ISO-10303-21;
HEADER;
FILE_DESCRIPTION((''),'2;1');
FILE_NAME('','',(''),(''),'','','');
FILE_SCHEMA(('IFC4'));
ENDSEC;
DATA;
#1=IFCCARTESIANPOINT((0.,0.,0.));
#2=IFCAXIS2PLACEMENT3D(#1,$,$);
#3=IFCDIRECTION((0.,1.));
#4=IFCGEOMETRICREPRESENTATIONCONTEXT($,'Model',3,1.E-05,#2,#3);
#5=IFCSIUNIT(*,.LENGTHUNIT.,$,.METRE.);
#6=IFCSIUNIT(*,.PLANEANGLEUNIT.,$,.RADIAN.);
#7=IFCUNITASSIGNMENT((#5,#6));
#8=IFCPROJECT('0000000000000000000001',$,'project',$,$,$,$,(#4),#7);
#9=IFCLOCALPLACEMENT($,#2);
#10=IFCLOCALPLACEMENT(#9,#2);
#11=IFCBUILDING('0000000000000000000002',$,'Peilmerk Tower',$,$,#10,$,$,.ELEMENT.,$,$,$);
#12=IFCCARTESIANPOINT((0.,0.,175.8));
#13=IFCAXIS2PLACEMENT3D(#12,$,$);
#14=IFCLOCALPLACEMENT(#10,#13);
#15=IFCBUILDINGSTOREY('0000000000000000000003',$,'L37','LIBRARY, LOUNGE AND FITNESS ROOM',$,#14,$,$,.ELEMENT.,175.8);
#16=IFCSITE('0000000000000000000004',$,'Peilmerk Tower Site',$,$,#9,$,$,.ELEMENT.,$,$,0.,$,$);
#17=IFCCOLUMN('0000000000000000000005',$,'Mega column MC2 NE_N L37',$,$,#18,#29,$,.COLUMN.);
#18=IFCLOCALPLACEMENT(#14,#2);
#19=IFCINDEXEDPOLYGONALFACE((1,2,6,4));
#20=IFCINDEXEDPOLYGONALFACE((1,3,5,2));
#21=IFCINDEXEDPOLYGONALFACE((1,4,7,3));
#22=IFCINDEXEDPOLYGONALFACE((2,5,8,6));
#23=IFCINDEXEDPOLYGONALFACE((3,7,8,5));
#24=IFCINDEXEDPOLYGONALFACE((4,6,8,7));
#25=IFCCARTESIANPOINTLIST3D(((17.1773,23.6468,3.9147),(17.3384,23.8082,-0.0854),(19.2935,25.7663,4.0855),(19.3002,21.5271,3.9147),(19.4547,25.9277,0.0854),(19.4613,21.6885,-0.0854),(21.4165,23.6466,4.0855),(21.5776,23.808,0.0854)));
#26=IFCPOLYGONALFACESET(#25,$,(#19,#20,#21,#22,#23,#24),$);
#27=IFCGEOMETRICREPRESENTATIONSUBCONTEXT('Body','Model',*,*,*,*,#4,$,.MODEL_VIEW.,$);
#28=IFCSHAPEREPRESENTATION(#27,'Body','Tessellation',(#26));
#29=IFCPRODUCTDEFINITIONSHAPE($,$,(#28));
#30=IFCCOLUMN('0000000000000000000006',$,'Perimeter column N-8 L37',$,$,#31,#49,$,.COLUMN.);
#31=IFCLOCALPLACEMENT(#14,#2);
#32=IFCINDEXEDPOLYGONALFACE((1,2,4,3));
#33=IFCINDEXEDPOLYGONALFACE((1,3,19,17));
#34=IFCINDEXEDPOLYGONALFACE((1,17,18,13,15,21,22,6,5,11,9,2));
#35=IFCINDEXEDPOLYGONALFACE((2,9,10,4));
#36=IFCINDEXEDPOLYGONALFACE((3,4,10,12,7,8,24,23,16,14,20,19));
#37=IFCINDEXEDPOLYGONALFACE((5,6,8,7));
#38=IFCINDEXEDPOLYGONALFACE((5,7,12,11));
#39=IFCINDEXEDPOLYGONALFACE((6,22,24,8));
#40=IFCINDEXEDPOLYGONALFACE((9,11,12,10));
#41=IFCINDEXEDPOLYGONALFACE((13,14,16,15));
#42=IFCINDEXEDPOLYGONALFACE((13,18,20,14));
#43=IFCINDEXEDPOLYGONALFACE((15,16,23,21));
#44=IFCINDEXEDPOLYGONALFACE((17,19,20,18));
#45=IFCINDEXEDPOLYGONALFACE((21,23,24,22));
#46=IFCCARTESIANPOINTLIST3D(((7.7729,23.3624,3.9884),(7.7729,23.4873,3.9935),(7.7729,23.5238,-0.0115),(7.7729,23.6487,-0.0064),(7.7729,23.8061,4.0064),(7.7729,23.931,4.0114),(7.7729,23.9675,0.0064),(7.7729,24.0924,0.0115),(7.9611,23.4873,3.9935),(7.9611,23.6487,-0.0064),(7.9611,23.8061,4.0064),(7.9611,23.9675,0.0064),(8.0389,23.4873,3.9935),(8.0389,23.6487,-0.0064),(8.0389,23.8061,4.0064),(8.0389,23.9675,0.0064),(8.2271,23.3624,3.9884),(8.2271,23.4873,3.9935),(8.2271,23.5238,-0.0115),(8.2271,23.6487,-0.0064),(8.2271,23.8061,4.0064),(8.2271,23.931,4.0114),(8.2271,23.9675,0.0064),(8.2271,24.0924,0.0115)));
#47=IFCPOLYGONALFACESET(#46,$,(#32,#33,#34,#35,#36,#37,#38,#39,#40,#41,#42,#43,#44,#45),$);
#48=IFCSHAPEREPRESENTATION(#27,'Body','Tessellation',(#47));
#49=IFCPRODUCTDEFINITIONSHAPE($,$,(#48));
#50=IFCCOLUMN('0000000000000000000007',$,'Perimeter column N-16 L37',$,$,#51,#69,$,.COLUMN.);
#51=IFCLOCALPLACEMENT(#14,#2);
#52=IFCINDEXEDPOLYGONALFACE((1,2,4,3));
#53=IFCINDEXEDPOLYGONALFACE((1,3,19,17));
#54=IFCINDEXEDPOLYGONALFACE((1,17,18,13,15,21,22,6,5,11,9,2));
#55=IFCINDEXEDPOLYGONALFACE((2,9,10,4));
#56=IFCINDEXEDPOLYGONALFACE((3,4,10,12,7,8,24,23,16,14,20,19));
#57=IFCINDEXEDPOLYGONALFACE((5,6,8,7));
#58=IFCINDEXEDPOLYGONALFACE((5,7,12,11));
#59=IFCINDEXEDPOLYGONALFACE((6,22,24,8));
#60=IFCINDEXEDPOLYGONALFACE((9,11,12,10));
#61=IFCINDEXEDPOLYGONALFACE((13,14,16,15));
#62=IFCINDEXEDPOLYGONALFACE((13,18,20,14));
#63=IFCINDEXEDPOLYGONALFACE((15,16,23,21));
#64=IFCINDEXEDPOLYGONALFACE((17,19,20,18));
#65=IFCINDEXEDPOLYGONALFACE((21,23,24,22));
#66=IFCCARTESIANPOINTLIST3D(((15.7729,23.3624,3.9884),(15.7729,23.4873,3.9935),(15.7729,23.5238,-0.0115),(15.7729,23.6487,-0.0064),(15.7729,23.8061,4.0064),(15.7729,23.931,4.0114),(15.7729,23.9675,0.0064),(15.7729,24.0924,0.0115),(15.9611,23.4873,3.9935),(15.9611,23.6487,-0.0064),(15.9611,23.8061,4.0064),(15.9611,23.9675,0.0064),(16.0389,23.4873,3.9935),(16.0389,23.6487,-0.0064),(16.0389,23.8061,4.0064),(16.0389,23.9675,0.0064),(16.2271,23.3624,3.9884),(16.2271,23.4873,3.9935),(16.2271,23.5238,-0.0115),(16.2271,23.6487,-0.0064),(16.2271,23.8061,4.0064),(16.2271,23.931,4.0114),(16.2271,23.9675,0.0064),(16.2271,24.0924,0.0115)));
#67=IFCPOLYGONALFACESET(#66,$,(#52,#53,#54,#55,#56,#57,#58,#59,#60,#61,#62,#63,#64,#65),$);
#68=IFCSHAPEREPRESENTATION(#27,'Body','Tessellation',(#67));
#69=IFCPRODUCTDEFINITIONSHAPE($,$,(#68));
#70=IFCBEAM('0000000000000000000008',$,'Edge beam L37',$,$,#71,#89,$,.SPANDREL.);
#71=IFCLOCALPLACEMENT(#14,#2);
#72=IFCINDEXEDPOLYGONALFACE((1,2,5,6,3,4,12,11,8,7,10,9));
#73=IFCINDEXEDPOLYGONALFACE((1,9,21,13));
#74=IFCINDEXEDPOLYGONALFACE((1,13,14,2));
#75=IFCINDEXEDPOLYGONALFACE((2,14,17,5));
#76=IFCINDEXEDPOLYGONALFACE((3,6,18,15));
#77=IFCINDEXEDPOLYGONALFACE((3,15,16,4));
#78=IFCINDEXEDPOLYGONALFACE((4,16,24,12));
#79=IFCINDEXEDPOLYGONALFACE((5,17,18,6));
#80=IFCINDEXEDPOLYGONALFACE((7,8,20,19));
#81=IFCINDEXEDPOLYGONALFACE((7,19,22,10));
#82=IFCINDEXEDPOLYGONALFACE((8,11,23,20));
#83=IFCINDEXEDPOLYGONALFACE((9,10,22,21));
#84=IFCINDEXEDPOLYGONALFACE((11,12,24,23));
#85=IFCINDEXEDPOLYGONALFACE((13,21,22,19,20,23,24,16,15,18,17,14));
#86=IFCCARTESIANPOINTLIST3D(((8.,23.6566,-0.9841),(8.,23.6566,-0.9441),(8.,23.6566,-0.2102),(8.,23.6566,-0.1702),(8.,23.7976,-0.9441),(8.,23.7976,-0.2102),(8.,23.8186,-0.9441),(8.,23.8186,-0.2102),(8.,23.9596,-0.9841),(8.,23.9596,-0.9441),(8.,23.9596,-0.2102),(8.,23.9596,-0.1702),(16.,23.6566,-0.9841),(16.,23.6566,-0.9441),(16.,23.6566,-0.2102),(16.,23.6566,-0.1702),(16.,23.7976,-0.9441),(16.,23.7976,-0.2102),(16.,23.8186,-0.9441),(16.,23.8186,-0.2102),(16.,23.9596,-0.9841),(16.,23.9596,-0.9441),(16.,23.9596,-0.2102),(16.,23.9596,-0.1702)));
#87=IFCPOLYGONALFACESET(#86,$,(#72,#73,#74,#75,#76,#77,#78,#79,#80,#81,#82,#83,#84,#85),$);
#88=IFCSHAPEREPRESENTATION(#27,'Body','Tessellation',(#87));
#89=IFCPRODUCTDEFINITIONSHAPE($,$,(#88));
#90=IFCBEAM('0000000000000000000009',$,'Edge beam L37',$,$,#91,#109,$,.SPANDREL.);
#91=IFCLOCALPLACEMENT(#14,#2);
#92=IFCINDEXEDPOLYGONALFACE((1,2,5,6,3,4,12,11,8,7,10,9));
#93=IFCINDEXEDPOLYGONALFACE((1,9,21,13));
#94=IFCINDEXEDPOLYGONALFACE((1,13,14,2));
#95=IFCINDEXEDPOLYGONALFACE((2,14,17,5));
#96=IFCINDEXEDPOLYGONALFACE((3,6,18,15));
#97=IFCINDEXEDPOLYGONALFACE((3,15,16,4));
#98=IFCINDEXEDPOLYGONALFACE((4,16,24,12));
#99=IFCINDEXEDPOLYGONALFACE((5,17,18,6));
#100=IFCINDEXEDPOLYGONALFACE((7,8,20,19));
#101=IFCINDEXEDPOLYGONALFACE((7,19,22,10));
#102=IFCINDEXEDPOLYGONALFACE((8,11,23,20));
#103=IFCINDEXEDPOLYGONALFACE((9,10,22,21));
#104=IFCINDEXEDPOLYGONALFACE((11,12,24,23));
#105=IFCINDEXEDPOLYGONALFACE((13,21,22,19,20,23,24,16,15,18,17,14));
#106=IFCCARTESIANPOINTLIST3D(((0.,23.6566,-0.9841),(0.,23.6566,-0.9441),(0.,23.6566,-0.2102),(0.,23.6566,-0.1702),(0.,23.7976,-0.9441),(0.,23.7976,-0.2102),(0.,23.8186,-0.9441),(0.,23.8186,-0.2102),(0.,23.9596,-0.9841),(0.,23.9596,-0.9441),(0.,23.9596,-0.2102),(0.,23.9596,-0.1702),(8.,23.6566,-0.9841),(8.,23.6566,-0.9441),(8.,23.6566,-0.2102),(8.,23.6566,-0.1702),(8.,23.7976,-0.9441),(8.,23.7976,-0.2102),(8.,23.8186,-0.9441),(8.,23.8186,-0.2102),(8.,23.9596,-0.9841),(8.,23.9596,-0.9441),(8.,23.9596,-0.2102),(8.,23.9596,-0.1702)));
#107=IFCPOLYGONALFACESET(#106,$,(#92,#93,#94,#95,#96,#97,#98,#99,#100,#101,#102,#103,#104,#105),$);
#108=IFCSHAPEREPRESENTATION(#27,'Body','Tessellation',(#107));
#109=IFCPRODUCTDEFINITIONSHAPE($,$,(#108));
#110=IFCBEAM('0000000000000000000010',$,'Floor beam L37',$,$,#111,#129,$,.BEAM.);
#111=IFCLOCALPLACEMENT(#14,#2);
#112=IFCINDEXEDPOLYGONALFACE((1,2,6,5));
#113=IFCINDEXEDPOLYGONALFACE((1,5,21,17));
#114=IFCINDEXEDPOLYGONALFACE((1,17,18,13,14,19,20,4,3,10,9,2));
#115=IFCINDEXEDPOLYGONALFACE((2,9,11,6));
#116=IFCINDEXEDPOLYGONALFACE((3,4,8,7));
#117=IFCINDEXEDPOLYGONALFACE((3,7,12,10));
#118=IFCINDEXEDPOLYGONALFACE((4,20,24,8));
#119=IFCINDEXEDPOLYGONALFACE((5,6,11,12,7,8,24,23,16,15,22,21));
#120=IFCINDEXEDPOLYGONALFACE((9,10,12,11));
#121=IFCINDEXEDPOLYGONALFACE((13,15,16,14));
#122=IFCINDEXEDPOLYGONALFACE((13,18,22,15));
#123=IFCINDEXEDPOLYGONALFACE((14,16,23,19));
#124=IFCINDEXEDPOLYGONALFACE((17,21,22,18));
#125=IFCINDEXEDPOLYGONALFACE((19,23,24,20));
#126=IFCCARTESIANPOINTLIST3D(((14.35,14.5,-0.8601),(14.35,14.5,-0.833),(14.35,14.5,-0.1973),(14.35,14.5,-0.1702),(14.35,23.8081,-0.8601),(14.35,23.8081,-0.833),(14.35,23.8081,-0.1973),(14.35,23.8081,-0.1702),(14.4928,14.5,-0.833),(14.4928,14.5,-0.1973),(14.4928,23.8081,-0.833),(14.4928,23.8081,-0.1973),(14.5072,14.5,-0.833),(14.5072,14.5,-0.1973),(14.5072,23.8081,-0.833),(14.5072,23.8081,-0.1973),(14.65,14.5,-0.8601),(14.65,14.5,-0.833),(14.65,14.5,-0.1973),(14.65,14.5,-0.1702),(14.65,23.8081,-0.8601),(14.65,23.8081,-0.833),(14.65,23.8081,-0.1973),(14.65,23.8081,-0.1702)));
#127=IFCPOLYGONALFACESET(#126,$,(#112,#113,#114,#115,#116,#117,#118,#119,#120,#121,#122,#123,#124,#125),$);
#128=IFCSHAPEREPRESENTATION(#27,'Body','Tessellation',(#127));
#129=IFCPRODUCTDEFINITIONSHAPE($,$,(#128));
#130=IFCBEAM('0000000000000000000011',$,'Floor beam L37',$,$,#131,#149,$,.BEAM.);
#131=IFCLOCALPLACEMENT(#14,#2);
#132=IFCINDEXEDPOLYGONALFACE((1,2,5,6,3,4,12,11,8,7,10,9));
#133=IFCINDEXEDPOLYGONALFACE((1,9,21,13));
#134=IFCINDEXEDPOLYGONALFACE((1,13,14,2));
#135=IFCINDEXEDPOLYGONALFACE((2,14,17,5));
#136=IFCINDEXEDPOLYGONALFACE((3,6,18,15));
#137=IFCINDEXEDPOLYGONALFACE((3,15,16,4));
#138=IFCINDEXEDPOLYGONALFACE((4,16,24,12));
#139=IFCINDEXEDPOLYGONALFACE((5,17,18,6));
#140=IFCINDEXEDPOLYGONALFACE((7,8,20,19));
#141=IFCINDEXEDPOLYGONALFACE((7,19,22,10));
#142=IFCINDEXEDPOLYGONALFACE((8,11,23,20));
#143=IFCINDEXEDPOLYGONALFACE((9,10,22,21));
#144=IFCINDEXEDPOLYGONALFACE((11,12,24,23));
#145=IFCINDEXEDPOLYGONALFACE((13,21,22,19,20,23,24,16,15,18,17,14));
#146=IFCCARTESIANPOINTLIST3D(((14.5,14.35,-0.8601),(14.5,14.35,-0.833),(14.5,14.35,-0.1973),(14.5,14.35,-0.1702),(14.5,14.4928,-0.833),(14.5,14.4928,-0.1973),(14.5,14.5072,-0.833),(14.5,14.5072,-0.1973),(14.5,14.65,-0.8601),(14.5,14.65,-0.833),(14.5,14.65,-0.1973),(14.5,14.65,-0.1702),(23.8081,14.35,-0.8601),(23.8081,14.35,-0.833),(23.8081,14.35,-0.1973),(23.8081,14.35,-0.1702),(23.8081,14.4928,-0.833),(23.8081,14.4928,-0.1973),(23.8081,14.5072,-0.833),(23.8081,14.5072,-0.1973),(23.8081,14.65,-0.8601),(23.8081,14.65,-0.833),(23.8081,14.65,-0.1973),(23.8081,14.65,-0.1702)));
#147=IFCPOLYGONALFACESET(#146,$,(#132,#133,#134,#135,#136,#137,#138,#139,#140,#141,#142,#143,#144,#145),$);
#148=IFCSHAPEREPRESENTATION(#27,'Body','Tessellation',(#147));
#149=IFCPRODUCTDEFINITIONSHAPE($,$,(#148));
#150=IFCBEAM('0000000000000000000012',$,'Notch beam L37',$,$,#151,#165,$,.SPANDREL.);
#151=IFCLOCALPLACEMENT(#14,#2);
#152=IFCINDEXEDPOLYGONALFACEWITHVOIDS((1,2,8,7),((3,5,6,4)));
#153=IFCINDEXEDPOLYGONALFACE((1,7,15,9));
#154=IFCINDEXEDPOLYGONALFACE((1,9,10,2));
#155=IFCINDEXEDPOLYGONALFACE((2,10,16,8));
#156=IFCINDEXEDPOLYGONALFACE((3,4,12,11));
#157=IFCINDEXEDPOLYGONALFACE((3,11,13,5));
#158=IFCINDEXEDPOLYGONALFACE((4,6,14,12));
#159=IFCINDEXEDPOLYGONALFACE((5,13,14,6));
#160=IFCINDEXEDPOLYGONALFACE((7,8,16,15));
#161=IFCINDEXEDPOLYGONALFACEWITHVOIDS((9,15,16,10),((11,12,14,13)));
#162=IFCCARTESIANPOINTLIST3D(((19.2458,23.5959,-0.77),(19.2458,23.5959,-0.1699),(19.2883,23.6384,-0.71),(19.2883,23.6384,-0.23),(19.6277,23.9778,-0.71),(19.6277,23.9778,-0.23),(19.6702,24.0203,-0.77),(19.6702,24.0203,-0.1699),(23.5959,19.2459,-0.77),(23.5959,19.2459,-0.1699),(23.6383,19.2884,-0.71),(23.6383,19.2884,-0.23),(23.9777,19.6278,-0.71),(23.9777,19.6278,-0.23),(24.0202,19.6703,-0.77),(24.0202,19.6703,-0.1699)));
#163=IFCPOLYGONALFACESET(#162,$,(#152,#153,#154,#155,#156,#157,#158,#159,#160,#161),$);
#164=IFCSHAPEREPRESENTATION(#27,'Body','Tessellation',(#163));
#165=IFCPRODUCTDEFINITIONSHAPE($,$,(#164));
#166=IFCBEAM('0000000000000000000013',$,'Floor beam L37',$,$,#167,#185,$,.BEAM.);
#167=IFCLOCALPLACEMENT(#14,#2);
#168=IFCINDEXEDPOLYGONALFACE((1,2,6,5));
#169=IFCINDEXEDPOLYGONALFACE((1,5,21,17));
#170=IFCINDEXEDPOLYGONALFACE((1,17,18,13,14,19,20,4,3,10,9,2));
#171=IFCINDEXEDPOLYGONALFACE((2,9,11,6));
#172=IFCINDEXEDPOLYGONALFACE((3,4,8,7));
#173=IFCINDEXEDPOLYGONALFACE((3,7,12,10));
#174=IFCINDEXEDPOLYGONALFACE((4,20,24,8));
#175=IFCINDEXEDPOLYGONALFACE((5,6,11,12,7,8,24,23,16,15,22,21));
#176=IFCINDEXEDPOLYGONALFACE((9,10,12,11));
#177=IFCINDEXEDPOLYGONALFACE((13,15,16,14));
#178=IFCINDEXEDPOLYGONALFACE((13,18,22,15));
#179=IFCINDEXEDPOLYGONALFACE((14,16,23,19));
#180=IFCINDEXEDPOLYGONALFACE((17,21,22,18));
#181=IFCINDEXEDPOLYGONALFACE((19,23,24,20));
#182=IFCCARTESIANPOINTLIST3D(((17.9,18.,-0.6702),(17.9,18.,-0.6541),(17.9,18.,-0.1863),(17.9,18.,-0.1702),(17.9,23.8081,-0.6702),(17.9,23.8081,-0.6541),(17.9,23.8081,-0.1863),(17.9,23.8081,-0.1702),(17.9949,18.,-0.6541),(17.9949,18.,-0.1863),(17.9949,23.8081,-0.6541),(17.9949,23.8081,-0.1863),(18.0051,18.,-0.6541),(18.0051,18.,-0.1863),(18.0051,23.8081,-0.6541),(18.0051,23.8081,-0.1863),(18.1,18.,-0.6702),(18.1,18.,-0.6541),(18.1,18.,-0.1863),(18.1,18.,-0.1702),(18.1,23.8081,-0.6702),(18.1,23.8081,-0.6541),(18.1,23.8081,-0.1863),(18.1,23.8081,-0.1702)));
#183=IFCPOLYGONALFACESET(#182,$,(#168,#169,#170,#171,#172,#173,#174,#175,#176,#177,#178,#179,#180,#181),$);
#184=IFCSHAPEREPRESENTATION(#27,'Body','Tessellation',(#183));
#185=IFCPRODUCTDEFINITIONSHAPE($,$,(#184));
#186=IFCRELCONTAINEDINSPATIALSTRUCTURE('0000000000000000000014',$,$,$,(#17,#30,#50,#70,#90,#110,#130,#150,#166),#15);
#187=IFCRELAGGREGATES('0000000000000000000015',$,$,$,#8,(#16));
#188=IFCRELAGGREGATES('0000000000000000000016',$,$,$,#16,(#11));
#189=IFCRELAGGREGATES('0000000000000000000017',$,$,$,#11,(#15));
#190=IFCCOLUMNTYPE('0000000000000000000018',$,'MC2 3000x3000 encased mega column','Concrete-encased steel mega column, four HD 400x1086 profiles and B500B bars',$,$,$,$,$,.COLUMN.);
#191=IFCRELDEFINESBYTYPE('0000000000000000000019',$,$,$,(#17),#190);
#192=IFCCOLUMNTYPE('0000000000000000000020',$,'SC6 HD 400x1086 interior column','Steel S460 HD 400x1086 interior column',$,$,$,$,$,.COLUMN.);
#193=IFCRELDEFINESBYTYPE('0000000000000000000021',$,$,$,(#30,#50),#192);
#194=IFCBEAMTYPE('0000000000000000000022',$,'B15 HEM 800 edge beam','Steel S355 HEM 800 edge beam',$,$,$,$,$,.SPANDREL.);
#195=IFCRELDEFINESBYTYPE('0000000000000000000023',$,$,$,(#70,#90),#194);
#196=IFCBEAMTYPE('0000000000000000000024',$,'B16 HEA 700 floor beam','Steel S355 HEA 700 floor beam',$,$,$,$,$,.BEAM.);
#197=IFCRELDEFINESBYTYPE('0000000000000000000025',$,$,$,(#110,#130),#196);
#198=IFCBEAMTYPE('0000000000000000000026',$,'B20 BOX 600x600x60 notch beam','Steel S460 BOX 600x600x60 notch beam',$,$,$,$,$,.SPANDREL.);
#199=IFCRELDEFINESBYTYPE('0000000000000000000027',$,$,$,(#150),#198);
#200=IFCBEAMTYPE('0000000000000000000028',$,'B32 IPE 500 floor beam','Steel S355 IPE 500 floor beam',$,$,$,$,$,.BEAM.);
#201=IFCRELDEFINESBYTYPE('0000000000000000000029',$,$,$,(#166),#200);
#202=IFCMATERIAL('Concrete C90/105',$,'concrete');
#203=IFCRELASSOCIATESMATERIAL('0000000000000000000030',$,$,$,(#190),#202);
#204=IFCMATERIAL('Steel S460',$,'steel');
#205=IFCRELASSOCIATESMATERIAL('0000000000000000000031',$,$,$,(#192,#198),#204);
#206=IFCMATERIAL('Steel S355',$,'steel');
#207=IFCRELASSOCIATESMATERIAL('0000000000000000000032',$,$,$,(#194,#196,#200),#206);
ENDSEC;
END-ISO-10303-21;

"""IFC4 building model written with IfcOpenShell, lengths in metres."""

from ifc_helpers import new_model, si_unit, direction, frame, origin, origin_2d, place, context, subcontext, project, spatial, rectangle, hollow_rectangle, i_section, extrude, material, material_profile, profile_set, type_object, element, save


model = new_model("IFC4")

# Units and contexts
model_context = context("Model", 3, precision=1e-05, world=origin(), true_north=direction((0.0, 1.0)))
body_context = subcontext(model_context, "Body", "Model", "MODEL_VIEW")
ifc_project = project(units=[si_unit("LENGTHUNIT", "METRE"), si_unit("PLANEANGLEUNIT", "RADIAN")], contexts=[model_context])

# Site, building, storey
site_placement = place(None, origin())
site = spatial("IfcSite", under=ifc_project, at=site_placement, Name="Peilmerk Tower Site", CompositionType="ELEMENT", RefElevation=0.0)
building_placement = place(site_placement, origin())
building = spatial("IfcBuilding", under=site, at=building_placement, Name="Peilmerk Tower", CompositionType="ELEMENT")
storey_placement = place(building_placement, frame((0.0, 0.0, 175.8)))
storey = spatial("IfcBuildingStorey", under=building, at=storey_placement, Name="L37", Description="LIBRARY, LOUNGE AND FITNESS ROOM", CompositionType="ELEMENT", Elevation=175.8)

# Columns
ifc_material_1 = material(Name="Concrete C90/105", Category="concrete")
ifc_material_profile_1 = material_profile(ifc_material_1, rectangle(XDim=3.0, YDim=3.0, at=origin_2d()), Name="RC 3000x3000")
ifc_profile_set_1 = profile_set([ifc_material_profile_1], Name="Concrete C90/105")
column_type_1 = type_object("IfcColumnType", Name="MC2 3000x3000 encased mega column", Description="Concrete-encased steel mega column, four HD 400x1086 profiles and B500B bars", PredefinedType="COLUMN", material=ifc_profile_set_1)
column_placement = place(storey_placement, frame((19.458, 23.8081, 0.0), z_axis=(-0.040218, -0.040279, 0.998379), x_axis=(0.707642, -0.706571, 0.0)))
element("IfcColumn", 1, at=column_placement, inside=storey, type_object=column_type_1, Name="Mega column MC2 NE_N L37", PredefinedType="COLUMN", context=body_context, shape_type="SweptSolid", body=[
    extrude(rectangle(XDim=3.0, YDim=3.0, at=origin_2d()), origin(), (0.0, 0.0, 1.0), 4.0066),
])
ifc_material_2 = material(Name="Steel S460", Category="steel")
ifc_material_profile_2 = material_profile(ifc_material_2, i_section(OverallWidth=0.4541, OverallDepth=0.5691, WebThickness=0.0779, FlangeThickness=0.125, at=origin_2d()), Name="HD 400x1086")
ifc_profile_set_2 = profile_set([ifc_material_profile_2], Name="Steel S460")
column_type_2 = type_object("IfcColumnType", Name="SC6 HD 400x1086 interior column", Description="Steel S460 HD 400x1086 interior column", PredefinedType="COLUMN", material=ifc_profile_set_2)
for number, where, z_axis, x_axis, name in (
    (2, (8.0, 23.8081, 0.0), (0.0, -0.040311, 0.999187), (1.0, 0.0, 0.0), "Perimeter column N-8 L37"),
    (3, (16.0, 23.8081, 0.0), (0.0, -0.040311, 0.999187), (1.0, 0.0, 0.0), "Perimeter column N-16 L37"),
):
    element("IfcColumn", number, at=place(storey_placement, frame(where, z_axis=z_axis, x_axis=x_axis)), inside=storey, type_object=column_type_2, Name=name, PredefinedType="COLUMN", context=body_context, shape_type="SweptSolid", body=[
        extrude(i_section(OverallWidth=0.4541, OverallDepth=0.5691, WebThickness=0.0779, FlangeThickness=0.125, at=origin_2d()), origin(), (0.0, 0.0, 1.0), 4.0032),
    ])

# Beams
ifc_material_3 = material(Name="Steel S355", Category="steel")
ifc_material_profile_3 = material_profile(ifc_material_3, i_section(OverallWidth=0.303, OverallDepth=0.814, WebThickness=0.021, FlangeThickness=0.04, at=origin_2d()), Name="HEM 800")
ifc_profile_set_3 = profile_set([ifc_material_profile_3], Name="Steel S355")
beam_type_1 = type_object("IfcBeamType", Name="B15 HEM 800 edge beam", Description="Steel S355 HEM 800 edge beam", PredefinedType="SPANDREL", material=ifc_profile_set_3)
for number, where, z_axis, x_axis, name in (
    (4, (16.0, 23.8081, -0.5771), (-1.0, 0.0, 0.0), (0.0, -1.0, 0.0), "Edge beam L37"),
    (5, (8.0, 23.8081, -0.5771), (-1.0, 0.0, 0.0), (0.0, -1.0, 0.0), "Edge beam L37"),
):
    element("IfcBeam", number, at=place(storey_placement, frame(where, z_axis=z_axis, x_axis=x_axis)), inside=storey, type_object=beam_type_1, Name=name, PredefinedType="SPANDREL", context=body_context, shape_type="SweptSolid", body=[
        extrude(i_section(OverallWidth=0.303, OverallDepth=0.814, WebThickness=0.021, FlangeThickness=0.04, at=origin_2d()), origin(), (0.0, 0.0, 1.0), 8.0),
    ])
ifc_material_profile_4 = material_profile(ifc_material_3, i_section(OverallWidth=0.3, OverallDepth=0.6899, WebThickness=0.0144, FlangeThickness=0.0271, at=origin_2d()), Name="HEA 700")
ifc_profile_set_4 = profile_set([ifc_material_profile_4], Name="Steel S355")
beam_type_2 = type_object("IfcBeamType", Name="B16 HEA 700 floor beam", Description="Steel S355 HEA 700 floor beam", PredefinedType="BEAM", material=ifc_profile_set_4)
for number, where, z_axis, x_axis, name in (
    (6, (14.5, 14.5, -0.5151), (0.0, 1.0, 0.0), (-1.0, 0.0, 0.0), "Floor beam L37"),
    (7, (14.5, 14.5, -0.5151), (1.0, 0.0, 0.0), (0.0, 1.0, 0.0), "Floor beam L37"),
):
    element("IfcBeam", number, at=place(storey_placement, frame(where, z_axis=z_axis, x_axis=x_axis)), inside=storey, type_object=beam_type_2, Name=name, PredefinedType="BEAM", context=body_context, shape_type="SweptSolid", body=[
        extrude(i_section(OverallWidth=0.3, OverallDepth=0.6899, WebThickness=0.0144, FlangeThickness=0.0271, at=origin_2d()), origin(), (0.0, 0.0, 1.0), 9.3081),
    ])
ifc_material_profile_5 = material_profile(ifc_material_2, hollow_rectangle(XDim=0.6001, YDim=0.6001, WallThickness=0.0601, at=origin_2d()), Name="BOX 600x600x60")
ifc_profile_set_5 = profile_set([ifc_material_profile_5], Name="Steel S460")
beam_type_3 = type_object("IfcBeamType", Name="B20 BOX 600x600x60 notch beam", Description="Steel S460 BOX 600x600x60 notch beam", PredefinedType="SPANDREL", material=ifc_profile_set_5)
beam_1_placement = place(storey_placement, frame((19.458, 23.8081, -0.47), z_axis=(0.707107, -0.707107, 0.0), x_axis=(0.707107, 0.707107, 0.0)))
element("IfcBeam", 8, at=beam_1_placement, inside=storey, type_object=beam_type_3, Name="Notch beam L37", PredefinedType="SPANDREL", context=body_context, shape_type="SweptSolid", body=[
    extrude(hollow_rectangle(XDim=0.6001, YDim=0.6001, WallThickness=0.0601, at=origin_2d()), origin(), (0.0, 0.0, 1.0), 6.1519),
])
ifc_material_profile_6 = material_profile(ifc_material_3, i_section(OverallWidth=0.2, OverallDepth=0.5, WebThickness=0.0103, FlangeThickness=0.0161, at=origin_2d()), Name="IPE 500")
ifc_profile_set_6 = profile_set([ifc_material_profile_6], Name="Steel S355")
beam_type_4 = type_object("IfcBeamType", Name="B32 IPE 500 floor beam", Description="Steel S355 IPE 500 floor beam", PredefinedType="BEAM", material=ifc_profile_set_6)
for number, where, z_axis, x_axis, name in (
    (9, (18.0, 18.0, -0.4202), (0.0, 1.0, 0.0), (-1.0, 0.0, 0.0), "Floor beam L37"),
):
    element("IfcBeam", number, at=place(storey_placement, frame(where, z_axis=z_axis, x_axis=x_axis)), inside=storey, type_object=beam_type_4, Name=name, PredefinedType="BEAM", context=body_context, shape_type="SweptSolid", body=[
        extrude(i_section(OverallWidth=0.2, OverallDepth=0.5, WebThickness=0.0103, FlangeThickness=0.0161, at=origin_2d()), origin(), (0.0, 0.0, 1.0), 5.8081),
    ])

save(model, "model.ifc")
